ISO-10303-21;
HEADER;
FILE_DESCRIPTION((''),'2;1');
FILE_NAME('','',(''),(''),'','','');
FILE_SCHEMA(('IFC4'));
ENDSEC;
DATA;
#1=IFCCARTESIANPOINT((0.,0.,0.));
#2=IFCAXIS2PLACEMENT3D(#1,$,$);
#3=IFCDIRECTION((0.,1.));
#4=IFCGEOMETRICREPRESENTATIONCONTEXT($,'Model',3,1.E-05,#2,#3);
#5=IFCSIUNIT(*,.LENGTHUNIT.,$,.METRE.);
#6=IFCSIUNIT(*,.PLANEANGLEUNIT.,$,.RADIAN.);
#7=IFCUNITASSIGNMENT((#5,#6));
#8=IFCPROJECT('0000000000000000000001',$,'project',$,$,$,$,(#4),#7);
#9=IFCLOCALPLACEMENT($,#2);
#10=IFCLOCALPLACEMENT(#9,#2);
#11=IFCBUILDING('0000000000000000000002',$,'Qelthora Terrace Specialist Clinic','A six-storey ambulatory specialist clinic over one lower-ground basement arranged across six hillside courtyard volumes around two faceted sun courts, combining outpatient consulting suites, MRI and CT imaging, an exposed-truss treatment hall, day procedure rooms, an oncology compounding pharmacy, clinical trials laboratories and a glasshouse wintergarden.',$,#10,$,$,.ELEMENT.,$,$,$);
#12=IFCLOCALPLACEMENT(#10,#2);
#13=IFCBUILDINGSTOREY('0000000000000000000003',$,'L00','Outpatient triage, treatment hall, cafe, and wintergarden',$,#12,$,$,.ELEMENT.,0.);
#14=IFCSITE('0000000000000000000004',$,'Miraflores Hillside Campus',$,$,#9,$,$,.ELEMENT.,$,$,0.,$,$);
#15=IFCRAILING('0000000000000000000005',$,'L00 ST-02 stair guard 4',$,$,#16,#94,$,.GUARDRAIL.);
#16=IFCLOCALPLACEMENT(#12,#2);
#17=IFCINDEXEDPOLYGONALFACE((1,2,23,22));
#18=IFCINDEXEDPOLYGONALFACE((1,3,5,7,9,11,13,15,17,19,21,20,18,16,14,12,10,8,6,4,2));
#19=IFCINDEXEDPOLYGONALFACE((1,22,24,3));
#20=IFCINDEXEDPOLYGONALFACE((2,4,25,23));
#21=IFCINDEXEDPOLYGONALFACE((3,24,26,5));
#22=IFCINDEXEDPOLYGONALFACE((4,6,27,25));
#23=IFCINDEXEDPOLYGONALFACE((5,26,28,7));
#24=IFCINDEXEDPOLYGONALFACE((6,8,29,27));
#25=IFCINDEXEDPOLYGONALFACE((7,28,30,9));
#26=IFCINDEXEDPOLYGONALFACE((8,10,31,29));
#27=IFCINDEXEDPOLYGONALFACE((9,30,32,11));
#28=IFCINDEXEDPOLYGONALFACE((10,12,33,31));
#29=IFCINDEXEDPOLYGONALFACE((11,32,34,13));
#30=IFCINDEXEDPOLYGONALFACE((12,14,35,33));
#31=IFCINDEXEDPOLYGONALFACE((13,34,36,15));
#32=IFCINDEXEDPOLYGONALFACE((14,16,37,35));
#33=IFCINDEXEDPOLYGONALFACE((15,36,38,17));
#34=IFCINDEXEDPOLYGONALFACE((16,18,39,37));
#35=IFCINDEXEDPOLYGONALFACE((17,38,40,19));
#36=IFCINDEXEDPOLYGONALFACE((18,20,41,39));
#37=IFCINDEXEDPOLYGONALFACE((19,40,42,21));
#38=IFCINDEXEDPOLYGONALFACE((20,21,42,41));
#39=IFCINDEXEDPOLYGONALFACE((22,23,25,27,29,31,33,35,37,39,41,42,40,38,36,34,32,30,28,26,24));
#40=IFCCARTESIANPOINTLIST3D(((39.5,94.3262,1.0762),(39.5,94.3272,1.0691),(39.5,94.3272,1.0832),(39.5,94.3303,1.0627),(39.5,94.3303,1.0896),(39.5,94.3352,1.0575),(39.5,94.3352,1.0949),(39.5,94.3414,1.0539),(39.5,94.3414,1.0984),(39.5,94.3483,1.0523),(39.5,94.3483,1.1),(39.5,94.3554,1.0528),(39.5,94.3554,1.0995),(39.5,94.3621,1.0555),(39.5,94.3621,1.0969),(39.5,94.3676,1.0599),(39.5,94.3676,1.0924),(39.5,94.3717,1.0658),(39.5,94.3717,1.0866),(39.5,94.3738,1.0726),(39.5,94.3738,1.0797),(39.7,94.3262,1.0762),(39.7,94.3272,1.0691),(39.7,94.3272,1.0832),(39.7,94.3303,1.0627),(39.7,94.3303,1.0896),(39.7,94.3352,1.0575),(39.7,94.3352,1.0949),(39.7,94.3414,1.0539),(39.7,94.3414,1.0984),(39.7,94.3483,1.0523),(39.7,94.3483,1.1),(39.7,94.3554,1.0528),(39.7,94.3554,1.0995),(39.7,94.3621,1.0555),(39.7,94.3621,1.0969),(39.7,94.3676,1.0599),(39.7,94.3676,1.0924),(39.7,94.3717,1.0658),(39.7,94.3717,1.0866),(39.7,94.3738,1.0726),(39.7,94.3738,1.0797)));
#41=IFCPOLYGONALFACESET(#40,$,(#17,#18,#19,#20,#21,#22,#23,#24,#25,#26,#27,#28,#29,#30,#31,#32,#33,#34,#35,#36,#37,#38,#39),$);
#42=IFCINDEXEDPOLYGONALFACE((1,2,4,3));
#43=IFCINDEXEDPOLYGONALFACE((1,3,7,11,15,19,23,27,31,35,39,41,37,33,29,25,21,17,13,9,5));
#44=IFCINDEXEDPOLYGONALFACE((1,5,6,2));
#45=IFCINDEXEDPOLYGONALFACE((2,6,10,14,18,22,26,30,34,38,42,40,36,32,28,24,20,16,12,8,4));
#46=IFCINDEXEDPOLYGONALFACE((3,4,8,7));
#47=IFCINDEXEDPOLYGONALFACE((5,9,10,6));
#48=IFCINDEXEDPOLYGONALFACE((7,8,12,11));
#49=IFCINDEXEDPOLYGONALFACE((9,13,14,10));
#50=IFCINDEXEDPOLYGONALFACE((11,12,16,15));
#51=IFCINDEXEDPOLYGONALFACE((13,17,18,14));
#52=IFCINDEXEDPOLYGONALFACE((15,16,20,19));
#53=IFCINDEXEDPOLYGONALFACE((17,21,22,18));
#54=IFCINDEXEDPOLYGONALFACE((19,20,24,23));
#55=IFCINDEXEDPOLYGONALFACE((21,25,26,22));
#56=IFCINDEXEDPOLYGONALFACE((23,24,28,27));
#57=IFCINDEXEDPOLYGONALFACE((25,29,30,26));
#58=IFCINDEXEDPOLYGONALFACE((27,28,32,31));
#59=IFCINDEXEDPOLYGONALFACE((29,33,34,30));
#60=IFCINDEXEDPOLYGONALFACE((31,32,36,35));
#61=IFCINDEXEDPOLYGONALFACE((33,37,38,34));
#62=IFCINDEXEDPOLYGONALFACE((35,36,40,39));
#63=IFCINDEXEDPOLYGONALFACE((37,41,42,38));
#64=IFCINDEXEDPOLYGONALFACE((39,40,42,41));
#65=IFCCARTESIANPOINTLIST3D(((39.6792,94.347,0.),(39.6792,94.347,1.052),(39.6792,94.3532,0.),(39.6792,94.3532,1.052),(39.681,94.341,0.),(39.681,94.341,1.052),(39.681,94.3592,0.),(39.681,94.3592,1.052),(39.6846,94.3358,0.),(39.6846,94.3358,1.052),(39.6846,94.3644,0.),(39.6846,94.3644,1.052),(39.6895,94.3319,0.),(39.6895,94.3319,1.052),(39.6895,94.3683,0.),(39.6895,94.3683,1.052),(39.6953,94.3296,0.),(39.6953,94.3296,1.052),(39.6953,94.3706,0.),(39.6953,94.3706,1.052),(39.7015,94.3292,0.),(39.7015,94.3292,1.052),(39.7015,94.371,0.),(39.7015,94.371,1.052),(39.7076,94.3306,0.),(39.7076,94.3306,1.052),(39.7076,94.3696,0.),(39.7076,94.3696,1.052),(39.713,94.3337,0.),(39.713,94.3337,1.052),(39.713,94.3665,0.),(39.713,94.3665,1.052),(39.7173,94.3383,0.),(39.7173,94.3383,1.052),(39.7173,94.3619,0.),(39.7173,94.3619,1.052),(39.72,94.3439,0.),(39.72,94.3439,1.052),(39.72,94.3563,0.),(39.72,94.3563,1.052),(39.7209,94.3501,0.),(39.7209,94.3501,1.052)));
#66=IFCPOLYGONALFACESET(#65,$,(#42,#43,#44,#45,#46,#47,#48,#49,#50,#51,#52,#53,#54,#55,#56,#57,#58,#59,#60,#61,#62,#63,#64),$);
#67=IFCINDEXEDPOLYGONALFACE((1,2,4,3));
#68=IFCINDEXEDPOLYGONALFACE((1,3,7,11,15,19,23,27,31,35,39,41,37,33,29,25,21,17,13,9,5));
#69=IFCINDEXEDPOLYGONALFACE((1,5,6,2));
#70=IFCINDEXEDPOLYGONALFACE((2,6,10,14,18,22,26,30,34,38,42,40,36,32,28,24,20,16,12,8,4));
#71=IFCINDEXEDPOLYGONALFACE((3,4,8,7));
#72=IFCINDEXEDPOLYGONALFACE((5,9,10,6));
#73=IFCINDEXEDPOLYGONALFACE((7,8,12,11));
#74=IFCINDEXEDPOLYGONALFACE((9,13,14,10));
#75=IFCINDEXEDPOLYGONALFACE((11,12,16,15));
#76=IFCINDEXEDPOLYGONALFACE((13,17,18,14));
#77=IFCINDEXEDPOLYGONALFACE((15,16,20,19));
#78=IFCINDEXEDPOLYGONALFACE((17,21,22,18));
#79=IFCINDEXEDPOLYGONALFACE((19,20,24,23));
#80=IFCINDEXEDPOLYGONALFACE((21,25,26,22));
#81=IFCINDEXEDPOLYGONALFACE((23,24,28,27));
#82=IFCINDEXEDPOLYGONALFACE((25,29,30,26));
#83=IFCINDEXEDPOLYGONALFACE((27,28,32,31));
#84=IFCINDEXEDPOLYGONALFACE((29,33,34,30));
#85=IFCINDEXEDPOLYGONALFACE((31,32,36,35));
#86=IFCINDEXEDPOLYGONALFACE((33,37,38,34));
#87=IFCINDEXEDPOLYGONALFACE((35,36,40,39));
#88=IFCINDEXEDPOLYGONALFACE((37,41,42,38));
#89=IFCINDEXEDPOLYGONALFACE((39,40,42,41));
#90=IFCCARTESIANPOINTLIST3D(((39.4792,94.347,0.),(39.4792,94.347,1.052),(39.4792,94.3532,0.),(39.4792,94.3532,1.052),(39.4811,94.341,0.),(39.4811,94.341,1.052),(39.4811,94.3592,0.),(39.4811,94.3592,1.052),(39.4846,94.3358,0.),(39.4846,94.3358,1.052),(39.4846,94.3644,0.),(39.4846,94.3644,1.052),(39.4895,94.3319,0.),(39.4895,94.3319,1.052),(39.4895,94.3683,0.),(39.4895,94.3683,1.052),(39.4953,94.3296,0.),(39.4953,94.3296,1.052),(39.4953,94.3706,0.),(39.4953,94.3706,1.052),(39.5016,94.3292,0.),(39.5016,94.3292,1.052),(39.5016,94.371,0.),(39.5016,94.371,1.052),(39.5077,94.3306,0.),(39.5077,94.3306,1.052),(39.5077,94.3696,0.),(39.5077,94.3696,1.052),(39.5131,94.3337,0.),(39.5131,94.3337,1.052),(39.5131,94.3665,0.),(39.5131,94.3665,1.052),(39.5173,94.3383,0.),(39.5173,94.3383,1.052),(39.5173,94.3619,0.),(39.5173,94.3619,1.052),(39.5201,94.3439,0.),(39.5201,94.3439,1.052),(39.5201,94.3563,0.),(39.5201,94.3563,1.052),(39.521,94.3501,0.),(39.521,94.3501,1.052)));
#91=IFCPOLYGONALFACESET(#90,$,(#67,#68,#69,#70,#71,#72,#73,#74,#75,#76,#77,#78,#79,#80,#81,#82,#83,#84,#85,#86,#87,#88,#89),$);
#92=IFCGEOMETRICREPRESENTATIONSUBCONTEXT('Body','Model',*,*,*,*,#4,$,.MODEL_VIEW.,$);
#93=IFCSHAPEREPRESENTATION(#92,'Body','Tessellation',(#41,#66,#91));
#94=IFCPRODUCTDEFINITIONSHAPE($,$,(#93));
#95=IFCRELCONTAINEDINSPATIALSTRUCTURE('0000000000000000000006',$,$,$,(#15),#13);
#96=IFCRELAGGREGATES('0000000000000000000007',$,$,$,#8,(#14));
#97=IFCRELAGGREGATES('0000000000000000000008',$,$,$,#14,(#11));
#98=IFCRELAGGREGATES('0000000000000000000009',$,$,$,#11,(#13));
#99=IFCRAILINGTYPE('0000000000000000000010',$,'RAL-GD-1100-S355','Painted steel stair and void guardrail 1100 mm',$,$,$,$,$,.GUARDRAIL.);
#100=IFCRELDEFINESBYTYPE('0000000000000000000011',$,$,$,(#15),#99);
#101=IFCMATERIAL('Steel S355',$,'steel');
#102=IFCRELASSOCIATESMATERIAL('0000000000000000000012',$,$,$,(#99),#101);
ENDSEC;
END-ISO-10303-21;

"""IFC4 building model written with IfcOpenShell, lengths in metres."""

from ifc_helpers import new_model, si_unit, direction, frame, origin, origin_2d, place, context, subcontext, project, spatial, circle, extrude, material, type_object, element, save


model = new_model("IFC4")

# Units and contexts
model_context = context("Model", 3, precision=1e-05, world=origin(), true_north=direction((0.0, 1.0)))
body_context = subcontext(model_context, "Body", "Model", "MODEL_VIEW")
ifc_project = project(units=[si_unit("LENGTHUNIT", "METRE"), si_unit("PLANEANGLEUNIT", "RADIAN")], contexts=[model_context])

# Site, building, storey
site_placement = place(None, origin())
site = spatial("IfcSite", under=ifc_project, at=site_placement, Name="Miraflores Hillside Campus", CompositionType="ELEMENT", RefElevation=0.0)
building_placement = place(site_placement, origin())
building = spatial("IfcBuilding", under=site, at=building_placement, Name="Qelthora Terrace Specialist Clinic", Description="A six-storey ambulatory specialist clinic over one lower-ground basement arranged across six hillside courtyard volumes around two faceted sun courts, combining outpatient consulting suites, MRI and CT imaging, an exposed-truss treatment hall, day procedure rooms, an oncology compounding pharmacy, clinical trials laboratories and a glasshouse wintergarden.", CompositionType="ELEMENT")
storey_placement = place(building_placement, origin())
storey = spatial("IfcBuildingStorey", under=building, at=storey_placement, Name="L00", Description="Outpatient triage, treatment hall, cafe, and wintergarden", CompositionType="ELEMENT", Elevation=0.0)

# Shared definitions
ifc_material_1 = material(Name="Steel S355", Category="steel")

# Railing
railing_type_1 = type_object("IfcRailingType", Name="RAL-GD-1100-S355", Description="Painted steel stair and void guardrail 1100 mm", PredefinedType="GUARDRAIL", material=ifc_material_1)
railing_1_placement = place(storey_placement, frame((39.7, 94.3501, 0.0)))
element("IfcRailing", 1, at=railing_1_placement, inside=storey, type_object=railing_type_1, Name="L00 ST-02 stair guard 4", PredefinedType="GUARDRAIL", context=body_context, shape_type="SweptSolid", body=[
    extrude(circle(Radius=0.0239, at=origin_2d()), frame((0.0, 0.0, 1.0762), z_axis=(-1.0, 0.0, 0.0), x_axis=(0.0, -1.0, 0.0)), (0.0, 0.0, 1.0), 0.2),
    extrude(circle(Radius=0.021, at=origin_2d()), origin(), (0.0, 0.0, 1.0), 1.052),
    extrude(circle(Radius=0.021, at=origin_2d()), frame((-0.2, 0.0, 0.0)), (0.0, 0.0, 1.0), 1.052),
])

save(model, "model.ifc")
